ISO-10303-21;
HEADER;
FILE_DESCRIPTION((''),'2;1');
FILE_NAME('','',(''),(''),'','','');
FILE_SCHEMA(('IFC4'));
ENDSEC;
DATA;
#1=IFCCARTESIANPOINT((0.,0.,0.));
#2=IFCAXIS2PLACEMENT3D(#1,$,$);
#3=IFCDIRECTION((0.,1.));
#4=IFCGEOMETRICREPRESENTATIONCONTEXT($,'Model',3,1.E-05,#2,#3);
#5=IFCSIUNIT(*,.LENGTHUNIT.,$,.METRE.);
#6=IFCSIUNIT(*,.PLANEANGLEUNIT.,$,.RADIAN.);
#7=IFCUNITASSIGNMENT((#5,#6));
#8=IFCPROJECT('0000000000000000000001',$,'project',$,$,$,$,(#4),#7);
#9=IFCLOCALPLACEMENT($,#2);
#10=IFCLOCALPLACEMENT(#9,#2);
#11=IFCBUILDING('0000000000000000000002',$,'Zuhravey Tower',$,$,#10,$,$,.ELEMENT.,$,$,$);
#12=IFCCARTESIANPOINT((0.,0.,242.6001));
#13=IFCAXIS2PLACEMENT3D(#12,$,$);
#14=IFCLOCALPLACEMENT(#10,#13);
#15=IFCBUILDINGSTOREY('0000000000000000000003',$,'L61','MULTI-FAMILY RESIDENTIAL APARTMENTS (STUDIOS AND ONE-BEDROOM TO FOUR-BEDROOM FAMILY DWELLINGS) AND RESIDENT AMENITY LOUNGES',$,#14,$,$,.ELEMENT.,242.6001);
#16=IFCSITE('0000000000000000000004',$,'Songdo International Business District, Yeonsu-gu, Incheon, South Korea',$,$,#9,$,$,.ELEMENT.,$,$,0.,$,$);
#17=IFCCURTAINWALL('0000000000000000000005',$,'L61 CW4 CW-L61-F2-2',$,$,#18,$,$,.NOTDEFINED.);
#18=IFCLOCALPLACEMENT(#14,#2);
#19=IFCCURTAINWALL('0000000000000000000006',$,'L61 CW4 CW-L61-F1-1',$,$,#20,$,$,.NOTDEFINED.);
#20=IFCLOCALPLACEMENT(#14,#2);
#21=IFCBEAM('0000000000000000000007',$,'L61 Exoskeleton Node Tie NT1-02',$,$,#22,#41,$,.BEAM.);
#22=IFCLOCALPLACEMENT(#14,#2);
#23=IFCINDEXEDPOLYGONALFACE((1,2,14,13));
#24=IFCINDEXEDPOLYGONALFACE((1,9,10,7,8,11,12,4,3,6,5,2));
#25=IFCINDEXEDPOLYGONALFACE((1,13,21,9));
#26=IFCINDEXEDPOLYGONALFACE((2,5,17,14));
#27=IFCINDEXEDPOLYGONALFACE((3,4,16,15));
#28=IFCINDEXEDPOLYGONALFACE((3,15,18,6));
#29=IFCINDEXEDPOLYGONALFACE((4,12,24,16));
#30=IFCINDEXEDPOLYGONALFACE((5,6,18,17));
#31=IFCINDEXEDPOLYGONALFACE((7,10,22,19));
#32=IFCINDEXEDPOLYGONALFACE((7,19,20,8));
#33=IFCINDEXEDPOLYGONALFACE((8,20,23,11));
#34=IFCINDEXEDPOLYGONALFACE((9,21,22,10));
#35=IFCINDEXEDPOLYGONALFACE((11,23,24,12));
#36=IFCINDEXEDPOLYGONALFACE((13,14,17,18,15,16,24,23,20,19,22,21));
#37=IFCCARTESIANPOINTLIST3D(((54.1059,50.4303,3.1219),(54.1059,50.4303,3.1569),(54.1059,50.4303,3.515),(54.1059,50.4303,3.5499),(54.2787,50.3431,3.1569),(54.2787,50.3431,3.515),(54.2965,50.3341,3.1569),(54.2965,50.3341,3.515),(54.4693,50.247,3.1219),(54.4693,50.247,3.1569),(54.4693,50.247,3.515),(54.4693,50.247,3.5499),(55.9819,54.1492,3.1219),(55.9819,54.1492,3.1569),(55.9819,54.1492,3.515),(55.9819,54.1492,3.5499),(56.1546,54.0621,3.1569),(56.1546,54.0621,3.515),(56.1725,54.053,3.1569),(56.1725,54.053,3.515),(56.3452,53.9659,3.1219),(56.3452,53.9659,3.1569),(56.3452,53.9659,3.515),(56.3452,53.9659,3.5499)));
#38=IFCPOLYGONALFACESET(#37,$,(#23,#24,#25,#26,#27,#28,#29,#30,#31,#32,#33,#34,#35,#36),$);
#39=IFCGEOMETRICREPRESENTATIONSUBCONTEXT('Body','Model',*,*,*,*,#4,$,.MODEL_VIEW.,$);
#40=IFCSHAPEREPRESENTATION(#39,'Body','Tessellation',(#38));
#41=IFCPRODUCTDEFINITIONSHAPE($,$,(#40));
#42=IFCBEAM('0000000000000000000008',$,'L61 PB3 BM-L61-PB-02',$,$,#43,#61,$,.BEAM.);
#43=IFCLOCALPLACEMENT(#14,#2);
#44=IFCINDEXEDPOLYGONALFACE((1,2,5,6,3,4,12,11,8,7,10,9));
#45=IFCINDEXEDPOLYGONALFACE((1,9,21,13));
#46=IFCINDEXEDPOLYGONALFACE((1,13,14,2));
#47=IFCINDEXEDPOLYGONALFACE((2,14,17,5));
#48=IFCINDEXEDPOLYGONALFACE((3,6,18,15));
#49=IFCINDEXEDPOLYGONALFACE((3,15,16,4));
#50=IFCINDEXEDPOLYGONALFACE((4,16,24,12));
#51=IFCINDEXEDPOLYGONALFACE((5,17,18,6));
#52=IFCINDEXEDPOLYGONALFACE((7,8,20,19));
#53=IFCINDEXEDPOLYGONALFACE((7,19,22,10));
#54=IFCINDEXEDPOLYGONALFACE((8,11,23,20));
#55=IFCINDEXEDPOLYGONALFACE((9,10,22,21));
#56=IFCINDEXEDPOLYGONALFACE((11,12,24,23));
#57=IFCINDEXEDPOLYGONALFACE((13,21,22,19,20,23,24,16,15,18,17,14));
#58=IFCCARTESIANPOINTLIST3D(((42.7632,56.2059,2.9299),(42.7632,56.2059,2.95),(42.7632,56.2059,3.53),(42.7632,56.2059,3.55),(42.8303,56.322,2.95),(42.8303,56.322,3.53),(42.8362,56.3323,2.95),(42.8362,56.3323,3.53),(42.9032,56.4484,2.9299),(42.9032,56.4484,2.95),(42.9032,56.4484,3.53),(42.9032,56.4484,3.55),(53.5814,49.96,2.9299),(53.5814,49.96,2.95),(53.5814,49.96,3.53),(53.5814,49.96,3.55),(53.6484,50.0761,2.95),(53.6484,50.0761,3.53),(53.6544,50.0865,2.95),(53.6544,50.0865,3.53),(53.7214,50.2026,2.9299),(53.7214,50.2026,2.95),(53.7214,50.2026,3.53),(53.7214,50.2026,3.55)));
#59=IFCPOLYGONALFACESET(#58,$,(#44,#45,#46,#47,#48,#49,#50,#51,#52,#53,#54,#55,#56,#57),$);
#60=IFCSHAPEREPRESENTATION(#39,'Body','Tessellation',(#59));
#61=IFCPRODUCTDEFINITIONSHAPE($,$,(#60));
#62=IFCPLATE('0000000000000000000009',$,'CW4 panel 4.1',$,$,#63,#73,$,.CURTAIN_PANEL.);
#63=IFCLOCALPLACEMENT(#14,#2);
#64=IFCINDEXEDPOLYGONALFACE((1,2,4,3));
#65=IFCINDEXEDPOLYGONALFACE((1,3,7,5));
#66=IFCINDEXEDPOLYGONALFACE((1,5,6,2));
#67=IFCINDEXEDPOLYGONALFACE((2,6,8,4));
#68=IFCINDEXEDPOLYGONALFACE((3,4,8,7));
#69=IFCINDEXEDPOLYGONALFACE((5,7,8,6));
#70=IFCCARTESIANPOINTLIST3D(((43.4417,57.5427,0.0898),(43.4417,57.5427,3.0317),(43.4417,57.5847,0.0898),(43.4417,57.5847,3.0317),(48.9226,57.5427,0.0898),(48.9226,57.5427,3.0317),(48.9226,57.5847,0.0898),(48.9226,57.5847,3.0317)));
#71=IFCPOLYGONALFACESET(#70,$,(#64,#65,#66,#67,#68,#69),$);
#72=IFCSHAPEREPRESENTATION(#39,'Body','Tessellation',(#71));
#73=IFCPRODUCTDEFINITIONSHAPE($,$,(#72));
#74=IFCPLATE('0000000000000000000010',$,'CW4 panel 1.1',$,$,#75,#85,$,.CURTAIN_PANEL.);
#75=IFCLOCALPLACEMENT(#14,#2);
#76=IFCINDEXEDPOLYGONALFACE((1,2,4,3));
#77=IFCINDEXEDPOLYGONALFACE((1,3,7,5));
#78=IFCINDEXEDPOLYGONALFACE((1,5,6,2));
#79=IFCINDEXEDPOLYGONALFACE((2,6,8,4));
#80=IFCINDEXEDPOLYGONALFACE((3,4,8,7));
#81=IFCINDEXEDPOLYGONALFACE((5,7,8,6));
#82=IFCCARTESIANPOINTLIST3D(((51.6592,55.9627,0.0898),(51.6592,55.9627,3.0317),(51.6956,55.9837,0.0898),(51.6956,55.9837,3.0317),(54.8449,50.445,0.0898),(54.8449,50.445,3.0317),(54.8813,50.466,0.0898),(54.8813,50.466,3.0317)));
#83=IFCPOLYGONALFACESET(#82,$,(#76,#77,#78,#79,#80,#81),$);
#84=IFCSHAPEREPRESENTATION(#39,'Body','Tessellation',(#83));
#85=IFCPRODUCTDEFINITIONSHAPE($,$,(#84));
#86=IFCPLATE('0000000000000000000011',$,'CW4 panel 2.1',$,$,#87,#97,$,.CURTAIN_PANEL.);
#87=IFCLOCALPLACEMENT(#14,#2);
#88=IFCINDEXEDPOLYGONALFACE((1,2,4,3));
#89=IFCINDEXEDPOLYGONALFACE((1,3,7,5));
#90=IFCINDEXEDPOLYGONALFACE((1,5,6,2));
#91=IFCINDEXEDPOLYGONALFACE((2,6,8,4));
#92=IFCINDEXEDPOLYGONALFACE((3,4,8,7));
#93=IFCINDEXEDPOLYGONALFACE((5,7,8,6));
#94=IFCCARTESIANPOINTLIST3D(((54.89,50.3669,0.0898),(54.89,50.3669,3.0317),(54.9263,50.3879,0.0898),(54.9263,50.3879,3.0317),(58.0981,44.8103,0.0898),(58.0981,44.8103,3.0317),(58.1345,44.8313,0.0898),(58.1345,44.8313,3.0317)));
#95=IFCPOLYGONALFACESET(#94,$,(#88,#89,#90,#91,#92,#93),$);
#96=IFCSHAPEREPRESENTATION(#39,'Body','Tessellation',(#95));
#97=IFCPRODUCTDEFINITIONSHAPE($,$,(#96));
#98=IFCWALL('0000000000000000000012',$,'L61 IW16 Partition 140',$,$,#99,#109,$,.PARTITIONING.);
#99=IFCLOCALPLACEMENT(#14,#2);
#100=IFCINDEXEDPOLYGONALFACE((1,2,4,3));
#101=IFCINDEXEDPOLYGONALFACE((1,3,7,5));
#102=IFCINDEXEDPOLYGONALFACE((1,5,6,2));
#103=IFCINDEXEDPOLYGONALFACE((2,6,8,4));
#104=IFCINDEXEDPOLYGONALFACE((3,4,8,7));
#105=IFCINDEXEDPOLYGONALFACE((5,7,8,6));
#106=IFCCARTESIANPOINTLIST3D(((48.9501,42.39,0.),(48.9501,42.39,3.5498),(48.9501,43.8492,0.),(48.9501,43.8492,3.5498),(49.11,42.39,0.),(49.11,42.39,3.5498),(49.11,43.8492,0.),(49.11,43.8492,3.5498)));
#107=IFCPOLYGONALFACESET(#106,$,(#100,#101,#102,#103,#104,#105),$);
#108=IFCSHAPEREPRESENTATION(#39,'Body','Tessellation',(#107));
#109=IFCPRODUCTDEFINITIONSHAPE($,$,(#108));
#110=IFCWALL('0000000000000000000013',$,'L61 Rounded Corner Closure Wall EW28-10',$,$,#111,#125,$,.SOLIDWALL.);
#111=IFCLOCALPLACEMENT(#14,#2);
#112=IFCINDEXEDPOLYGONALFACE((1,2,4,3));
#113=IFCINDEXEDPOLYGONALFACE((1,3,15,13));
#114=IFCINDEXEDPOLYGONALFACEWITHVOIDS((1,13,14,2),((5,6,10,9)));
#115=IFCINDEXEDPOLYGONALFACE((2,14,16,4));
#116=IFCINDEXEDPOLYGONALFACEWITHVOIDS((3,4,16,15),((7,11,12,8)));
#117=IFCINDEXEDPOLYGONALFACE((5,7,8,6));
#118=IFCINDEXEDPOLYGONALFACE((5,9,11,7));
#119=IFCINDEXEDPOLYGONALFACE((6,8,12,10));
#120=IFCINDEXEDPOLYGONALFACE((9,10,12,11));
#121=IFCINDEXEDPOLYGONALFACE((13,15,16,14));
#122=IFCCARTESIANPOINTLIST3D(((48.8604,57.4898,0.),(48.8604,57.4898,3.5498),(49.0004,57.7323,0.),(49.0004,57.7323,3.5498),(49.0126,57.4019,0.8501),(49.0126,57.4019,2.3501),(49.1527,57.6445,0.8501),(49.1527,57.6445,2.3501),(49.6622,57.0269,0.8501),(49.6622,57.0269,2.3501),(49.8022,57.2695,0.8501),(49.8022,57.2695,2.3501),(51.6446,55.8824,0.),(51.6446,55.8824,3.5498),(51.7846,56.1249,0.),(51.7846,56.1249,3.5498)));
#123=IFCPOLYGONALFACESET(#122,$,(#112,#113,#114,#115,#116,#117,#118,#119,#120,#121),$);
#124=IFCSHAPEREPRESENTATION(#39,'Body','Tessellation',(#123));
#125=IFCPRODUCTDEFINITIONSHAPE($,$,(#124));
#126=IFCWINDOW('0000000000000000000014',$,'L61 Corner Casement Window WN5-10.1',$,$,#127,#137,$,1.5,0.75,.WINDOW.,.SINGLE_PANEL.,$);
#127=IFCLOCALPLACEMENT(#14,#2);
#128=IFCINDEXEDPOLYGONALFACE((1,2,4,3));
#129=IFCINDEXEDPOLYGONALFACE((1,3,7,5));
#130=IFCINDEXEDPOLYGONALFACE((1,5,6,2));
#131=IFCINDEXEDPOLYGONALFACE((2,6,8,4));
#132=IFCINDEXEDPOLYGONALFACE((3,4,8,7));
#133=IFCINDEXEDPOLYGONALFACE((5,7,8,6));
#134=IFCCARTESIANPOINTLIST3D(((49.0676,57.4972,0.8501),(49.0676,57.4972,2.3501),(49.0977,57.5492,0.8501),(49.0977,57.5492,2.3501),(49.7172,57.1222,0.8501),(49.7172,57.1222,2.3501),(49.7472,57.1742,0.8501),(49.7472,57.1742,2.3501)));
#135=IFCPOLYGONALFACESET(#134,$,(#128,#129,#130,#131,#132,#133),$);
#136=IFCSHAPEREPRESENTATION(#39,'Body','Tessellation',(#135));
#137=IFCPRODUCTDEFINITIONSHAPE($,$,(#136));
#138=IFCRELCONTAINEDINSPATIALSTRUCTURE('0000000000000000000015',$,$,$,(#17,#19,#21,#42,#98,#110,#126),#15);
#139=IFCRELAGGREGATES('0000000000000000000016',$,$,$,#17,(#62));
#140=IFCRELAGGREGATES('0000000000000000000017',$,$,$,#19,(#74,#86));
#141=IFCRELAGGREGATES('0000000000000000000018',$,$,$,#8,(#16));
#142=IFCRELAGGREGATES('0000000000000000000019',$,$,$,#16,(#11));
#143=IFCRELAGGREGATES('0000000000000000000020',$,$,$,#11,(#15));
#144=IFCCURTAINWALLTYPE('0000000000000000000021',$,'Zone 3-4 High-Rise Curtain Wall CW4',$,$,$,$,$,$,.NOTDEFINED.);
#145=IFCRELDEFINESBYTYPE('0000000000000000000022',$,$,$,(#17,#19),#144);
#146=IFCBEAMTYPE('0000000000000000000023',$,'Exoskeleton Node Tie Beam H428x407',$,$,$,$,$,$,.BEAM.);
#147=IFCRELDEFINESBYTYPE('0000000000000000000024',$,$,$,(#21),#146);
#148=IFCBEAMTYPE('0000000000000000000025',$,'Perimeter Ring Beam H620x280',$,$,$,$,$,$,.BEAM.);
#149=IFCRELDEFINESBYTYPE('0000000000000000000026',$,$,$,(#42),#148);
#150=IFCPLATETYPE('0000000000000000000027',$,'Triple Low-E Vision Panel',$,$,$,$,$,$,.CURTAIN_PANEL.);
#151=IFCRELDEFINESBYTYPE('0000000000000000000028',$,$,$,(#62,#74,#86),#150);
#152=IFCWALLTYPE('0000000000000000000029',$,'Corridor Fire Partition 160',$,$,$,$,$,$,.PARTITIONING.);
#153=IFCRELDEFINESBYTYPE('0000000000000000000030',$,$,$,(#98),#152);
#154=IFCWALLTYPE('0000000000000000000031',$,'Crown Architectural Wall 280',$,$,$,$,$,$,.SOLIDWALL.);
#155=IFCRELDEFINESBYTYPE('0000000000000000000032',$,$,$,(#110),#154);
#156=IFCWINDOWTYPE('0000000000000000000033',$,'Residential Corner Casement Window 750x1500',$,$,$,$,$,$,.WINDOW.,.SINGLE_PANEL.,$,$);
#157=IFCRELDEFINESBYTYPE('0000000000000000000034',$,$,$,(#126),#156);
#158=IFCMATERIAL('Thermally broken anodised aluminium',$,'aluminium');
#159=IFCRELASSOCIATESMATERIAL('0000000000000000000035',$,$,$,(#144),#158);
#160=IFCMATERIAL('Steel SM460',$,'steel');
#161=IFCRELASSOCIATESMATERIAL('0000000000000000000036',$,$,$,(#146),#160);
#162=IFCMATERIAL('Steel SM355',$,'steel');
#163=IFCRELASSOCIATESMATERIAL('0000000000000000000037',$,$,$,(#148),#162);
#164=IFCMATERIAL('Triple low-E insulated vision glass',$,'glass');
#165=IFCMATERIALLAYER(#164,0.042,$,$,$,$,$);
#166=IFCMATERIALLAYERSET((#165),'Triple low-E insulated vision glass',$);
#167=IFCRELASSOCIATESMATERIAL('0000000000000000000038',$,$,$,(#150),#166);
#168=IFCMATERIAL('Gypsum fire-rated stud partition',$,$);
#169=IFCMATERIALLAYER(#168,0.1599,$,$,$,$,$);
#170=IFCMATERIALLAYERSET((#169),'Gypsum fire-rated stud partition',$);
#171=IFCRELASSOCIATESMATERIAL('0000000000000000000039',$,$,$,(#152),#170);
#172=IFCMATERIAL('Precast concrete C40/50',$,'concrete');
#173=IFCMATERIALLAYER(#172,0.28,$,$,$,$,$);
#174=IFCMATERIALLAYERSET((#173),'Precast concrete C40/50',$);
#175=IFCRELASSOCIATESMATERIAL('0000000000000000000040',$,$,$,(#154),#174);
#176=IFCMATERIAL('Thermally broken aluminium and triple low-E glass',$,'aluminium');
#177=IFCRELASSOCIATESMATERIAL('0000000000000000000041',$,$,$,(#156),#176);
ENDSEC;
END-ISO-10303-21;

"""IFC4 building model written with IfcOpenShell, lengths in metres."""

from ifc_helpers import new_model, si_unit, direction, frame, frame_2d, origin, origin_2d, place, context, subcontext, project, spatial, rectangle, i_section, extrude, material, layer, layer_set, material_profile, profile_set, type_object, element, fill, aggregate, save


model = new_model("IFC4")

# Units and contexts
model_context = context("Model", 3, precision=1e-05, world=origin(), true_north=direction((0.0, 1.0)))
body_context = subcontext(model_context, "Body", "Model", "MODEL_VIEW")
ifc_project = project(units=[si_unit("LENGTHUNIT", "METRE"), si_unit("PLANEANGLEUNIT", "RADIAN")], contexts=[model_context])

# Site, building, storey
site_placement = place(None, origin())
site = spatial("IfcSite", under=ifc_project, at=site_placement, Name="Songdo International Business District, Yeonsu-gu, Incheon, South Korea", CompositionType="ELEMENT", RefElevation=0.0)
building_placement = place(site_placement, origin())
building = spatial("IfcBuilding", under=site, at=building_placement, Name="Zuhravey Tower", CompositionType="ELEMENT")
storey_placement = place(building_placement, frame((0.0, 0.0, 242.6001)))
storey = spatial("IfcBuildingStorey", under=building, at=storey_placement, Name="L61", Description="MULTI-FAMILY RESIDENTIAL APARTMENTS (STUDIOS AND ONE-BEDROOM TO FOUR-BEDROOM FAMILY DWELLINGS) AND RESIDENT AMENITY LOUNGES", CompositionType="ELEMENT", Elevation=242.6001)

# Curtain wall
ifc_material_1 = material(Name="Thermally broken anodised aluminium", Category="aluminium")
curtain_wall_type = type_object("IfcCurtainWallType", Name="Zone 3-4 High-Rise Curtain Wall CW4", PredefinedType="NOTDEFINED", material=ifc_material_1)
curtain_wall_1_placement = place(storey_placement, origin())
curtain_wall_1 = element("IfcCurtainWall", 1, at=curtain_wall_1_placement, inside=storey, type_object=curtain_wall_type, Name="L61 CW4 CW-L61-F2-2", PredefinedType="NOTDEFINED")

# Curtain wall
curtain_wall_2_placement = place(storey_placement, origin())
curtain_wall_2 = element("IfcCurtainWall", 2, at=curtain_wall_2_placement, inside=storey, type_object=curtain_wall_type, Name="L61 CW4 CW-L61-F1-1", PredefinedType="NOTDEFINED")

# Beams
ifc_material_2 = material(Name="Steel SM460", Category="steel")
ifc_material_profile_1 = material_profile(ifc_material_2, i_section(OverallWidth=0.407, OverallDepth=0.428, WebThickness=0.02, FlangeThickness=0.0349, at=origin_2d()), Name="H-428x407x20x35")
ifc_profile_set_1 = profile_set([ifc_material_profile_1], Name="Steel SM460")
beam_type_1 = type_object("IfcBeamType", Name="Exoskeleton Node Tie Beam H428x407", PredefinedType="BEAM", material=ifc_profile_set_1)
beam_1_placement = place(storey_placement, frame((54.2876, 50.3386, 3.3359), z_axis=(0.450376, 0.892839, 0.0), x_axis=(-0.892839, 0.450376, 0.0)))
element("IfcBeam", 3, at=beam_1_placement, inside=storey, type_object=beam_type_1, Name="L61 Exoskeleton Node Tie NT1-02", PredefinedType="BEAM", context=body_context, shape_type="SweptSolid", body=[
    extrude(i_section(OverallWidth=0.407, OverallDepth=0.428, WebThickness=0.02, FlangeThickness=0.0349, at=origin_2d()), origin(), (0.0, 0.0, 1.0), 4.1653),
])
ifc_material_3 = material(Name="Steel SM355", Category="steel")
ifc_material_profile_2 = material_profile(ifc_material_3, i_section(OverallWidth=0.28, OverallDepth=0.6201, WebThickness=0.012, FlangeThickness=0.02, at=origin_2d()), Name="H-620x280x12x20")
ifc_profile_set_2 = profile_set([ifc_material_profile_2], Name="Steel SM355")
beam_type_2 = type_object("IfcBeamType", Name="Perimeter Ring Beam H620x280", PredefinedType="BEAM", material=ifc_profile_set_2)
beam_2_placement = place(storey_placement, frame((53.6514, 50.0813, 3.24), z_axis=(-0.866025, 0.5, 0.0), x_axis=(-0.5, -0.866025, 0.0)))
element("IfcBeam", 4, at=beam_2_placement, inside=storey, type_object=beam_type_2, Name="L61 PB3 BM-L61-PB-02", PredefinedType="BEAM", context=body_context, shape_type="SweptSolid", body=[
    extrude(i_section(OverallWidth=0.28, OverallDepth=0.6201, WebThickness=0.012, FlangeThickness=0.02, at=origin_2d()), origin(), (0.0, 0.0, 1.0), 12.4917),
])

# Plates
ifc_material_4 = material(Name="Triple low-E insulated vision glass", Category="glass")
ifc_layer_1 = layer(ifc_material_4, 0.042)
ifc_layer_set_1 = layer_set([ifc_layer_1], Name="Triple low-E insulated vision glass")
plate_type = type_object("IfcPlateType", Name="Triple Low-E Vision Panel", PredefinedType="CURTAIN_PANEL", material=ifc_layer_set_1)
plate_1_placement = place(storey_placement, frame((46.1821, 57.5637, 0.0898), z_axis=(0.0, 0.0, 1.0), x_axis=(1.0, 0.0, 0.0)))
plate_1 = element("IfcPlate", 5, at=plate_1_placement, type_object=plate_type, Name="CW4 panel 4.1", PredefinedType="CURTAIN_PANEL", context=body_context, shape_type="SweptSolid", body=[
    extrude(rectangle(XDim=5.481, YDim=0.042, at=origin_2d()), origin(), (0.0, 0.0, 1.0), 2.9419),
])
aggregate(curtain_wall_1, [plate_1])
plate_2_placement = place(storey_placement, frame((53.2703, 53.2144, 0.0898), z_axis=(0.0, 0.0, 1.0), x_axis=(0.500001, -0.866025, 0.0)))
plate_2 = element("IfcPlate", 6, at=plate_2_placement, type_object=plate_type, Name="CW4 panel 1.1", PredefinedType="CURTAIN_PANEL", context=body_context, shape_type="SweptSolid", body=[
    extrude(rectangle(XDim=6.3713, YDim=0.042, at=origin_2d()), origin(), (0.0, 0.0, 1.0), 2.9419),
])
plate_3_placement = place(storey_placement, frame((56.5122, 47.5991, 0.0898), z_axis=(0.0, 0.0, 1.0), x_axis=(0.500001, -0.866025, 0.0)))
plate_3 = element("IfcPlate", 7, at=plate_3_placement, type_object=plate_type, Name="CW4 panel 2.1", PredefinedType="CURTAIN_PANEL", context=body_context, shape_type="SweptSolid", body=[
    extrude(rectangle(XDim=6.4163, YDim=0.042, at=origin_2d()), origin(), (0.0, 0.0, 1.0), 2.9419),
])
aggregate(curtain_wall_2, [plate_2, plate_3])

# Shared definitions
ifc_material_5 = material(Name="Gypsum fire-rated stud partition")
ifc_layer_2 = layer(ifc_material_5, 0.1599)
ifc_layer_set_2 = layer_set([ifc_layer_2], Name="Gypsum fire-rated stud partition")
wall_type_1 = type_object("IfcWallType", Name="Corridor Fire Partition 160", PredefinedType="PARTITIONING", material=ifc_layer_set_2)

# Wall
wall_1_placement = place(storey_placement, frame((49.03, 42.3901, 0.0), z_axis=(0.0, 0.0, 1.0), x_axis=(0.0, 1.0, 0.0)))
element("IfcWall", 8, at=wall_1_placement, inside=storey, type_object=wall_type_1, Name="L61 IW16 Partition 140", PredefinedType="PARTITIONING", context=body_context, shape_type="SweptSolid", body=[
    extrude(rectangle(XDim=1.4592, YDim=0.1599, at=frame_2d((0.7295, 0.0))), origin(), (0.0, 0.0, 1.0), 3.5498),
])

# Wall, opening, window
ifc_material_6 = material(Name="Precast concrete C40/50", Category="concrete")
ifc_layer_3 = layer(ifc_material_6, 0.28)
ifc_layer_set_3 = layer_set([ifc_layer_3], Name="Precast concrete C40/50")
wall_type_2 = type_object("IfcWallType", Name="Crown Architectural Wall 280", PredefinedType="SOLIDWALL", material=ifc_layer_set_3)
wall_2_placement = place(storey_placement, frame((48.9304, 57.6111, 0.0), z_axis=(0.0, 0.0, 1.0), x_axis=(0.866029, -0.499994, 0.0)))
wall_2 = element("IfcWall", 9, at=wall_2_placement, inside=storey, type_object=wall_type_2, Name="L61 Rounded Corner Closure Wall EW28-10", PredefinedType="SOLIDWALL", context=body_context, shape_type="SweptSolid", body=[
    extrude(rectangle(XDim=3.2148, YDim=0.28, at=frame_2d((1.6074, 0.0))), origin(), (0.0, 0.0, 1.0), 3.5498),
])
opening_1_placement = place(wall_2_placement, frame((0.1758, 0.0, 0.8501)))
opening_1 = element("IfcOpeningElement", 10, at=opening_1_placement, cuts=wall_2, PredefinedType="OPENING", context=body_context, shape_type="SweptSolid", body=[
    extrude(rectangle(XDim=0.75, YDim=1.5, at=frame_2d((0.375, 0.75))), frame((0.0, 0.1521, 0.0), z_axis=(0.0, -1.0, 0.0), x_axis=(1.0, 0.0, 0.0)), (0.0, 0.0, 1.0), 0.304),
])
ifc_material_7 = material(Name="Thermally broken aluminium and triple low-E glass", Category="aluminium")
window_type = type_object("IfcWindowType", Name="Residential Corner Casement Window 750x1500", PartitioningType="SINGLE_PANEL", PredefinedType="WINDOW", material=ifc_material_7)
window_placement = place(opening_1_placement, origin())
window = element("IfcWindow", 11, at=window_placement, inside=storey, type_object=window_type, Name="L61 Corner Casement Window WN5-10.1", OverallHeight=1.5, OverallWidth=0.75, PartitioningType="SINGLE_PANEL", PredefinedType="WINDOW", context=body_context, shape_type="SweptSolid", body=[
    extrude(rectangle(XDim=0.75, YDim=1.5, at=frame_2d((0.375, 0.75))), frame((0.0, 0.03, 0.0), z_axis=(0.0, -1.0, 0.0), x_axis=(1.0, 0.0, 0.0)), (0.0, 0.0, 1.0), 0.0601),
])
fill(opening_1, window)

save(model, "model.ifc")
